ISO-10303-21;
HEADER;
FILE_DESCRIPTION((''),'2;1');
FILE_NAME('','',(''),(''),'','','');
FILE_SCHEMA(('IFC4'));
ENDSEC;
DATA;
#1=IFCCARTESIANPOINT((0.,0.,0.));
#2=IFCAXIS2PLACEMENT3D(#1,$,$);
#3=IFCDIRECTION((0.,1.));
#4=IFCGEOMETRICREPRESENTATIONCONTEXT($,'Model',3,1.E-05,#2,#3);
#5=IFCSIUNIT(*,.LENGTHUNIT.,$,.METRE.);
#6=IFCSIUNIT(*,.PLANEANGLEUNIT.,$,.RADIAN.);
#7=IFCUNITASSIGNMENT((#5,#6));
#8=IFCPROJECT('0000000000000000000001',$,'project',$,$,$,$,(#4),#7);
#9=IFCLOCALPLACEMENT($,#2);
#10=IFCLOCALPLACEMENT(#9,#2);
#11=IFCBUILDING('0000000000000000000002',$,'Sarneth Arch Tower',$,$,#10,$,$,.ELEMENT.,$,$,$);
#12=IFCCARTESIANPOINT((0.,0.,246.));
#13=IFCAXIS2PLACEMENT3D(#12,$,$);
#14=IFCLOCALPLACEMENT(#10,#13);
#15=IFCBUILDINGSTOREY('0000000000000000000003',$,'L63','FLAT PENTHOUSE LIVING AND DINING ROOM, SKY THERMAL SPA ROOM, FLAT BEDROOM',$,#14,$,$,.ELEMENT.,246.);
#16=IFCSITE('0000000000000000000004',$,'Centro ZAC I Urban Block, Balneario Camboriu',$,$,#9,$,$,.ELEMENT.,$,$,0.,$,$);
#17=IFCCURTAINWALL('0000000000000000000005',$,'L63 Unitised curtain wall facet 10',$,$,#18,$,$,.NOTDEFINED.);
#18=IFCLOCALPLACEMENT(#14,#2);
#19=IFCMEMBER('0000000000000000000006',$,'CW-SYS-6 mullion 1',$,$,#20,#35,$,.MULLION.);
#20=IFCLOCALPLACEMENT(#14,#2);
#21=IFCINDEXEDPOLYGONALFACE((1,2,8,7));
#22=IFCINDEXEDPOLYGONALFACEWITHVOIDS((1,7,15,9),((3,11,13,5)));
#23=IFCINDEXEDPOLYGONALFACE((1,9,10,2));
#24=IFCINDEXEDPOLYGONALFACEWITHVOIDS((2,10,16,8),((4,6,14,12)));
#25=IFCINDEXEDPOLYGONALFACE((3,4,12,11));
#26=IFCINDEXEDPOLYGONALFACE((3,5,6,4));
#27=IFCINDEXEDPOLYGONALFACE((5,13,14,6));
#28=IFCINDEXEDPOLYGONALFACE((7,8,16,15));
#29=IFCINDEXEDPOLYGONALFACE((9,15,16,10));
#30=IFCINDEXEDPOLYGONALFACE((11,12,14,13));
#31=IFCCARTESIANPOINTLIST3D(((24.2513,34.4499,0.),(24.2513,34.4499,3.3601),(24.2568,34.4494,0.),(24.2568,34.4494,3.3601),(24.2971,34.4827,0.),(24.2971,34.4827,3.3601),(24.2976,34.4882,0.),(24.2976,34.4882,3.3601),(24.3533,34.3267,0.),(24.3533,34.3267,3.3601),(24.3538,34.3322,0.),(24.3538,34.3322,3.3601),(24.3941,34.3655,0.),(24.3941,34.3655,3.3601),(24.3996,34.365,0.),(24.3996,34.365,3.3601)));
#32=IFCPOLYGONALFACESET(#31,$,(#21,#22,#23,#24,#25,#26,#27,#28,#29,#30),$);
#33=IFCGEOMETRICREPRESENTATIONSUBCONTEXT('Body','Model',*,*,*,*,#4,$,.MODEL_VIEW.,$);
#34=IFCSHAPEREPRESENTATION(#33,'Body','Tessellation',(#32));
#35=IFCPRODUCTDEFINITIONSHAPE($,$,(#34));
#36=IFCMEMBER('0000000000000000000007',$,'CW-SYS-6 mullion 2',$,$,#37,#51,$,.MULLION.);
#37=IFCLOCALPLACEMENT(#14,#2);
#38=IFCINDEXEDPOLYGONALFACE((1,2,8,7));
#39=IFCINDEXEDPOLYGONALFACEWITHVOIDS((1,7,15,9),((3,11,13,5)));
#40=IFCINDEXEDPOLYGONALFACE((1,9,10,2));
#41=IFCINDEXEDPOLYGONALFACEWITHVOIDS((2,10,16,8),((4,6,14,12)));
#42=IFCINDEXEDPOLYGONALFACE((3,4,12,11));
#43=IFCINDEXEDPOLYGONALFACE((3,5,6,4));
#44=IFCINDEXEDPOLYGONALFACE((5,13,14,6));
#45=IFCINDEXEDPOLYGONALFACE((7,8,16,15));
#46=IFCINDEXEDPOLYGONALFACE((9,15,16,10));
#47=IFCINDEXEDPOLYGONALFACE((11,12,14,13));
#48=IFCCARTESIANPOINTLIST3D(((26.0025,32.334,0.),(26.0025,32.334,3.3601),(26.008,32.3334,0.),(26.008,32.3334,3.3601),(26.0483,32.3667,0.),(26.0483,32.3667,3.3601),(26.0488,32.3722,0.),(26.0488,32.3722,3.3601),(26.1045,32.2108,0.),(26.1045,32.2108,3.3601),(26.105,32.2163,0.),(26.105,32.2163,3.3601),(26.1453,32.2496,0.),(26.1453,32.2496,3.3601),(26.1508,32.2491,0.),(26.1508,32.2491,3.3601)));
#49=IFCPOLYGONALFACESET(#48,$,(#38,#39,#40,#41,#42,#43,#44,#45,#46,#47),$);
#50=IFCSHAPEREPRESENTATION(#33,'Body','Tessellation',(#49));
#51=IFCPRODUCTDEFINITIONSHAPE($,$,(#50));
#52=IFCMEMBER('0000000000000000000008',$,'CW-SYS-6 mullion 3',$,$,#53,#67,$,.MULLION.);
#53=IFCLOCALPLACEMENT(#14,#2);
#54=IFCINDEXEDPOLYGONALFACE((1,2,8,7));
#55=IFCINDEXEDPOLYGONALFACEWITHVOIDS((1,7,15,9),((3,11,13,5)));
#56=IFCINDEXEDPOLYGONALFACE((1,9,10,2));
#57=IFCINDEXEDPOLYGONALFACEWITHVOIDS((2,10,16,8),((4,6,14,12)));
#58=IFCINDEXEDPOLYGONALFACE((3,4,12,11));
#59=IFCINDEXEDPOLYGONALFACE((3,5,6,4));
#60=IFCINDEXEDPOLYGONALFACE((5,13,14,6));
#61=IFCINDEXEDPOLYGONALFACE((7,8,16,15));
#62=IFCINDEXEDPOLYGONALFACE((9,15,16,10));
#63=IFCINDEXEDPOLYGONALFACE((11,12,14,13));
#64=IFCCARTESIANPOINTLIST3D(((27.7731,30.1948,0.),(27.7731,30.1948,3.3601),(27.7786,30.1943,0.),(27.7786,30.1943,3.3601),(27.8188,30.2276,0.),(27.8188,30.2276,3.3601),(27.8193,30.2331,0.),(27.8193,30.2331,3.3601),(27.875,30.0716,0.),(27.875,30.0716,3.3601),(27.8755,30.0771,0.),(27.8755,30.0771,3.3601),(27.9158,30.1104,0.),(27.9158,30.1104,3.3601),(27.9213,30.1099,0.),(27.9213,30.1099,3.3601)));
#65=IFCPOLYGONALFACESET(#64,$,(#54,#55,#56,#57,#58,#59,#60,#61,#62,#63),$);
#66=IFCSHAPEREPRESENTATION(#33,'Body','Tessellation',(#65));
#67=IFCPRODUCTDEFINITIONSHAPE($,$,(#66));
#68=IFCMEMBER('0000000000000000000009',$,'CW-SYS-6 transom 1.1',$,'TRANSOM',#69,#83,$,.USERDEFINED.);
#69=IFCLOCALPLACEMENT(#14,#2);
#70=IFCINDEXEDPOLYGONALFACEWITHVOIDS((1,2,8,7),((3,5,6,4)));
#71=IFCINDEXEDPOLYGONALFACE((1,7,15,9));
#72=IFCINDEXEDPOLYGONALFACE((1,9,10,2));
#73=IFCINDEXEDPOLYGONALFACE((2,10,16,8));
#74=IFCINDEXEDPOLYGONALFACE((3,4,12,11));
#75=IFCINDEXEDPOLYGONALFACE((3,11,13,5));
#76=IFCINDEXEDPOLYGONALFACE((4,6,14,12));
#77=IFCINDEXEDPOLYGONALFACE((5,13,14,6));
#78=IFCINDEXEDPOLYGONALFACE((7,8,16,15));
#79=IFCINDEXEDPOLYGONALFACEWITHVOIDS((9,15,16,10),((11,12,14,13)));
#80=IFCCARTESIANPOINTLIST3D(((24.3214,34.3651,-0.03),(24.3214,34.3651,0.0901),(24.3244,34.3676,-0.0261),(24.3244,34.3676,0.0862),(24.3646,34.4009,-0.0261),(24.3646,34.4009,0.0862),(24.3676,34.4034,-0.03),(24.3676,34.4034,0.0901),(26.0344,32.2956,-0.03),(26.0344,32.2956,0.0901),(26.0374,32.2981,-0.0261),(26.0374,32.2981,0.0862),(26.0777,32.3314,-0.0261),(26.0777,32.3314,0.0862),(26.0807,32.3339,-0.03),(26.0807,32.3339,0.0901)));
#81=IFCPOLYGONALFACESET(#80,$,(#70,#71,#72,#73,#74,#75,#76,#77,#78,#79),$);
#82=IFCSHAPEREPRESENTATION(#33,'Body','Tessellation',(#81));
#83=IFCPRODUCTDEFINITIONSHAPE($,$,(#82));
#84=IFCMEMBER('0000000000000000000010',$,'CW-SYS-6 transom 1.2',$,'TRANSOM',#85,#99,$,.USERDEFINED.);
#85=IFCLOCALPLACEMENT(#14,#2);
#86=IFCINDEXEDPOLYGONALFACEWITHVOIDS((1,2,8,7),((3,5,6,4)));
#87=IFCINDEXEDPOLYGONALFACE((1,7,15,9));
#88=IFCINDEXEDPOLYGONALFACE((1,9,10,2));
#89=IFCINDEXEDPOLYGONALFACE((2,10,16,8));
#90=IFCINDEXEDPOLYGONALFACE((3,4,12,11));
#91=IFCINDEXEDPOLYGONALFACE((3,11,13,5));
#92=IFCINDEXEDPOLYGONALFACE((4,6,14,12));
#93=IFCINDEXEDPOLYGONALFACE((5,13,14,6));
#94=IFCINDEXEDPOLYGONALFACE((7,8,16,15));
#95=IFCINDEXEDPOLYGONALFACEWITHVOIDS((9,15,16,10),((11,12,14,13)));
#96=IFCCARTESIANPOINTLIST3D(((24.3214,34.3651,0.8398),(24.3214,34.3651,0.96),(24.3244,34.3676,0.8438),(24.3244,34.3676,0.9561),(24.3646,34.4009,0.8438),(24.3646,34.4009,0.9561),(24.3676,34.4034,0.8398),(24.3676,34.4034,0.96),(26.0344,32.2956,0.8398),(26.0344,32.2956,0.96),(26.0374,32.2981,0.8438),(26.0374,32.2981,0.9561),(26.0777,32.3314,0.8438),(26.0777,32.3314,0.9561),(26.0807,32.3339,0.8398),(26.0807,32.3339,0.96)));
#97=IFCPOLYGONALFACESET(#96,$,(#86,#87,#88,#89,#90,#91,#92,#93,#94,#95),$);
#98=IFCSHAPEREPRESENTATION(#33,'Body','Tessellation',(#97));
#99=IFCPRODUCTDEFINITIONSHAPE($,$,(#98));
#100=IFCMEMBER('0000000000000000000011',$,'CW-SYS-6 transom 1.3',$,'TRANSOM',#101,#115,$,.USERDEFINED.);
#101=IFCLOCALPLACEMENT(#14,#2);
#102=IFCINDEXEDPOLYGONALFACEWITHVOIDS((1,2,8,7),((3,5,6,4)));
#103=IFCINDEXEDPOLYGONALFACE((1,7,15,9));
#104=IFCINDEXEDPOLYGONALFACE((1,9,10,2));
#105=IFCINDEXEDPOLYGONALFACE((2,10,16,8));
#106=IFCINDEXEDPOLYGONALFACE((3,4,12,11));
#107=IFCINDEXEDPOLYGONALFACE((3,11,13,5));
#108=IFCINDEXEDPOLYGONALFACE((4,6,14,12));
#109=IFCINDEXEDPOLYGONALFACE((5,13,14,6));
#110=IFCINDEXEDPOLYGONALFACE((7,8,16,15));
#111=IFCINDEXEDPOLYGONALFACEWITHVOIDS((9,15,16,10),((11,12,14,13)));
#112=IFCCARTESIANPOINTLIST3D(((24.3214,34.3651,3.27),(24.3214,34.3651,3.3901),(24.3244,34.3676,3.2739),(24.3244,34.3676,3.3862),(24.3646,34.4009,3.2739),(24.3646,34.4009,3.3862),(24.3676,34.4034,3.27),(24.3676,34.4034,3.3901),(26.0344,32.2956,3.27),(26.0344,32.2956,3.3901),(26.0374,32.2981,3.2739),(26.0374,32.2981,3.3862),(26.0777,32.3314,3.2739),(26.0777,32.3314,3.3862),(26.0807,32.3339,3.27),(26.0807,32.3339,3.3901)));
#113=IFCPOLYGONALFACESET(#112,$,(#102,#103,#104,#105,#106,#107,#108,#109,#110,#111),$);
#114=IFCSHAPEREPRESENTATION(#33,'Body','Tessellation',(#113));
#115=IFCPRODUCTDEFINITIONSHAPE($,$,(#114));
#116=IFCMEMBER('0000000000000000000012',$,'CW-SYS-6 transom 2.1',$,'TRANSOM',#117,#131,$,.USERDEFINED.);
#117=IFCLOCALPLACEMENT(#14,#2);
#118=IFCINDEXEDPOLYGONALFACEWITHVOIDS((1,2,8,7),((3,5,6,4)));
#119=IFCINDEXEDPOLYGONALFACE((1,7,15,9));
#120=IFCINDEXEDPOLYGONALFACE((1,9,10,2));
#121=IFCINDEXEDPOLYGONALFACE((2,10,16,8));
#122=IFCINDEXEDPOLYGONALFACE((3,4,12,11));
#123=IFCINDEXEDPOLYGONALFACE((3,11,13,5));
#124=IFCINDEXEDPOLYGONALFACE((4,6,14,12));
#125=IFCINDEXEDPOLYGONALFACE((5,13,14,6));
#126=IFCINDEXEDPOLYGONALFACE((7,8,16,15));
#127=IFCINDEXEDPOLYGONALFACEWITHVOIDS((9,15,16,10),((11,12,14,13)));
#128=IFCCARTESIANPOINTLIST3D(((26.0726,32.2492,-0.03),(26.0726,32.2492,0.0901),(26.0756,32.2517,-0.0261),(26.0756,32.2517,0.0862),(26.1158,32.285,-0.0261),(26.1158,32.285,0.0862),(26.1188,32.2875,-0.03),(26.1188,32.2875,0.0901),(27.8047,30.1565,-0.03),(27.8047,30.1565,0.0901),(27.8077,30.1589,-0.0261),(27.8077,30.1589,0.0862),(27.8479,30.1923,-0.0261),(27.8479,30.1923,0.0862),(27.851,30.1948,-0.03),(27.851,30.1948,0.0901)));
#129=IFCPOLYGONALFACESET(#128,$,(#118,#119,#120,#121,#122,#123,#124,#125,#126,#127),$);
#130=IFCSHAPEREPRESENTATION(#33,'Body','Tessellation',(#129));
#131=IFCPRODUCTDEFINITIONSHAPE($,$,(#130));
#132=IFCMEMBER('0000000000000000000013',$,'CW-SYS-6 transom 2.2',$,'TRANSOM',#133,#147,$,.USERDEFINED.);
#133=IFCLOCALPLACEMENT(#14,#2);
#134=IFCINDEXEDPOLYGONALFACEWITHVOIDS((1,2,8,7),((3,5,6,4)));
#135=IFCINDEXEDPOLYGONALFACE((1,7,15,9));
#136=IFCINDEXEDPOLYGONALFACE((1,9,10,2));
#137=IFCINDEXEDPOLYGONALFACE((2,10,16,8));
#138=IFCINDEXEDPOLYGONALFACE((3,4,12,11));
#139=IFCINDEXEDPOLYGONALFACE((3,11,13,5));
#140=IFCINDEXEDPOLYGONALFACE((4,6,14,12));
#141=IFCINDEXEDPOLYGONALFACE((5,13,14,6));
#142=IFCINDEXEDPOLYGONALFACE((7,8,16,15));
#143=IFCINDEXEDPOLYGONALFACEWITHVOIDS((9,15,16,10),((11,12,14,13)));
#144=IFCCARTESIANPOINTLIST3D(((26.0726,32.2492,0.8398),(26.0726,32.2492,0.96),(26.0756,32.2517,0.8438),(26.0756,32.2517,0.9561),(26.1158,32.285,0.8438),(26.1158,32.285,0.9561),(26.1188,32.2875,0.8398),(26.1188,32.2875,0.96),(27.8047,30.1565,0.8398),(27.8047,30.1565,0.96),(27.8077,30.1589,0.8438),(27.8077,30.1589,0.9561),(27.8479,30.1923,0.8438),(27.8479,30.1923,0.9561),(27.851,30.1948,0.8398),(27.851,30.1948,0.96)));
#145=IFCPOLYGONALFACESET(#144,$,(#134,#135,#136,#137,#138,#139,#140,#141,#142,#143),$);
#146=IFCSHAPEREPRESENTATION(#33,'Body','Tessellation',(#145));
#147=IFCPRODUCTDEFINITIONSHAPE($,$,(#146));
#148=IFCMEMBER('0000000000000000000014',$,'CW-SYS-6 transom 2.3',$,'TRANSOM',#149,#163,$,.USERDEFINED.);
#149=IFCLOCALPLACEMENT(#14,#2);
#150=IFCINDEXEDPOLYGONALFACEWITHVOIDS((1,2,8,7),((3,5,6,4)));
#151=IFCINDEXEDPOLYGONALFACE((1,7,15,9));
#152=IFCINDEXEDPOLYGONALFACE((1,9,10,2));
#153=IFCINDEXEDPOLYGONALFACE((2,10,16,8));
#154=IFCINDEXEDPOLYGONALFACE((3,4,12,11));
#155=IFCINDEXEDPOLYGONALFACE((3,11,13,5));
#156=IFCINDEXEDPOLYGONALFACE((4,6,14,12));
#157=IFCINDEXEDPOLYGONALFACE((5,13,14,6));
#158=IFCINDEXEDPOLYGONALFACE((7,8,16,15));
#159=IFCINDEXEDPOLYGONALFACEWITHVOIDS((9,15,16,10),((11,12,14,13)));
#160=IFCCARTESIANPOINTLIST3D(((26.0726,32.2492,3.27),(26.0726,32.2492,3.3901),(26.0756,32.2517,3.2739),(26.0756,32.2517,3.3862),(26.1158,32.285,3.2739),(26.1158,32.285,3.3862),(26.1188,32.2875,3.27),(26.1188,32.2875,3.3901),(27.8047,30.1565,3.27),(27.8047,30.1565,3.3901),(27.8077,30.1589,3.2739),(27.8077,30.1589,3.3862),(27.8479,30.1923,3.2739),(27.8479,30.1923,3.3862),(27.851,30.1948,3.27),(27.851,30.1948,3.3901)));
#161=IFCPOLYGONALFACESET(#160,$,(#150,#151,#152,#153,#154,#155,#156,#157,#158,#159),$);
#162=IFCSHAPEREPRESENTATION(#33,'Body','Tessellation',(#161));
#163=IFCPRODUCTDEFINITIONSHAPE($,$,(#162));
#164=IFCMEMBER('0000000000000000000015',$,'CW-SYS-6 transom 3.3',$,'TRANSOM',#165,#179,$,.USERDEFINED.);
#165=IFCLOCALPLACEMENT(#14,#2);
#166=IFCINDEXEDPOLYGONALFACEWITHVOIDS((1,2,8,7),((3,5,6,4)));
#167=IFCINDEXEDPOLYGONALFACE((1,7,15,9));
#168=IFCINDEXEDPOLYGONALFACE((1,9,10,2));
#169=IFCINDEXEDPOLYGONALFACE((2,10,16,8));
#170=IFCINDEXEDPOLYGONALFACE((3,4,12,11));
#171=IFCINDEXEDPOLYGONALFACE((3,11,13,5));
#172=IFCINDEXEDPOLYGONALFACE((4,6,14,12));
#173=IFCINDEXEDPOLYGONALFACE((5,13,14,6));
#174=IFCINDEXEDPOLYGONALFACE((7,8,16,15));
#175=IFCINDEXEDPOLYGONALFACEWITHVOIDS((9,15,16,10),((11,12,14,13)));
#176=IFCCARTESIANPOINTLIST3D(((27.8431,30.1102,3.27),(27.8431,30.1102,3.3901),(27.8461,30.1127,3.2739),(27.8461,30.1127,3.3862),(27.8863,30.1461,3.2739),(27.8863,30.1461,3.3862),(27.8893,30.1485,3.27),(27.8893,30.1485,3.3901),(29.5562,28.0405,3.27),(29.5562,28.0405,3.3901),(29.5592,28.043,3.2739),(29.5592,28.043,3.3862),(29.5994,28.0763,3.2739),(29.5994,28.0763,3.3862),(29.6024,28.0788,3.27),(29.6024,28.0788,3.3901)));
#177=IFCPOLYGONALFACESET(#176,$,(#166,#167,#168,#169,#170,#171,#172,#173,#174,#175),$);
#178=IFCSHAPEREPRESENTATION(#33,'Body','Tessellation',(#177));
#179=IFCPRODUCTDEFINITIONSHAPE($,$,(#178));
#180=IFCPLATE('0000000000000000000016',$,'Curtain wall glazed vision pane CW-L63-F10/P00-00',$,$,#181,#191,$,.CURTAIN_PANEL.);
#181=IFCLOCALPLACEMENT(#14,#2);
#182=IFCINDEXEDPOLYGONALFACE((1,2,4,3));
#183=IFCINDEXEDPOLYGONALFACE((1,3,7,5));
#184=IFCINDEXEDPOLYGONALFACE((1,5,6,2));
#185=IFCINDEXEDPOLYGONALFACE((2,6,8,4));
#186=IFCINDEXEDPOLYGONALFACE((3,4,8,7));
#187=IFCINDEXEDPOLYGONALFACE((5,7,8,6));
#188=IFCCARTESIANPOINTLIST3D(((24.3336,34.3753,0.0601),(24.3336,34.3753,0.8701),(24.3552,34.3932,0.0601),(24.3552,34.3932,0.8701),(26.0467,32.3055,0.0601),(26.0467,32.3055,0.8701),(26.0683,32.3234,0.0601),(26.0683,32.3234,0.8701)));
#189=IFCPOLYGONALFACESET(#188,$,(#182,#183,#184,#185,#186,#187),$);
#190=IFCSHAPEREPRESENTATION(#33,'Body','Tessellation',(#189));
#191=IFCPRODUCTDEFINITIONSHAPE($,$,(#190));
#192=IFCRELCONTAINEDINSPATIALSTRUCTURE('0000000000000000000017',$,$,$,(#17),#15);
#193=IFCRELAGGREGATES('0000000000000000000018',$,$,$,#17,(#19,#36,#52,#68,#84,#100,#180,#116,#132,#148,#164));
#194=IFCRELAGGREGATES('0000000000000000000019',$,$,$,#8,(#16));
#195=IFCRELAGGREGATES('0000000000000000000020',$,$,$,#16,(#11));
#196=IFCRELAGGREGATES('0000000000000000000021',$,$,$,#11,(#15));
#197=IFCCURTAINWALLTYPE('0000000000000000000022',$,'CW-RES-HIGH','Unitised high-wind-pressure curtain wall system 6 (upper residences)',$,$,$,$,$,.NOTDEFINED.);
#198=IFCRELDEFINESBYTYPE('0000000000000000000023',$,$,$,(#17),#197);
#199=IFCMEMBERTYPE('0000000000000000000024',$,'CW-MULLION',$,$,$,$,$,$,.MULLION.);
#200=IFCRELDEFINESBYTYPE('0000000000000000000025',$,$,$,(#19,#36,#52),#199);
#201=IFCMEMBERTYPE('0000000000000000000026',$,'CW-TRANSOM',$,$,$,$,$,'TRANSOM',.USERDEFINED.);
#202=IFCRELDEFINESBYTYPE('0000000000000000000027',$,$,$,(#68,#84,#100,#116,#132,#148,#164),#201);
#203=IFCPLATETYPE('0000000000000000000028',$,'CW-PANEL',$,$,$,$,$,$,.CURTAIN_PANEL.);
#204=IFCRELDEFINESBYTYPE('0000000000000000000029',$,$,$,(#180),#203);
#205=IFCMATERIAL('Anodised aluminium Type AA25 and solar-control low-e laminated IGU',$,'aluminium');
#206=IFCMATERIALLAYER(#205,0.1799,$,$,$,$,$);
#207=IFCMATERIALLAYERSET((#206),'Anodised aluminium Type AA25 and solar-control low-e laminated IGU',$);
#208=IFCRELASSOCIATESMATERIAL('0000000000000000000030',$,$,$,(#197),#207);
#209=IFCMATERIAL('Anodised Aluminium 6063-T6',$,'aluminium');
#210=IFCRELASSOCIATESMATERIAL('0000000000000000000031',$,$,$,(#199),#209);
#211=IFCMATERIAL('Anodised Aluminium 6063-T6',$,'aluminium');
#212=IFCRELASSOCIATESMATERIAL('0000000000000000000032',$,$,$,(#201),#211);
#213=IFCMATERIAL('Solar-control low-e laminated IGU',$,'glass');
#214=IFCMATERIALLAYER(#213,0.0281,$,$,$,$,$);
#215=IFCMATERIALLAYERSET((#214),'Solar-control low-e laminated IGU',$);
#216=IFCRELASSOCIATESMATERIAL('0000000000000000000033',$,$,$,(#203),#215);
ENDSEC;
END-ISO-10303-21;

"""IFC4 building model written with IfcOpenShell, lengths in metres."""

from ifc_helpers import new_model, si_unit, direction, frame, origin, origin_2d, place, context, subcontext, project, spatial, rectangle, hollow_rectangle, extrude, material, layer, layer_set, material_profile, profile_set, type_object, element, aggregate, save


model = new_model("IFC4")

# Units and contexts
model_context = context("Model", 3, precision=1e-05, world=origin(), true_north=direction((0.0, 1.0)))
body_context = subcontext(model_context, "Body", "Model", "MODEL_VIEW")
ifc_project = project(units=[si_unit("LENGTHUNIT", "METRE"), si_unit("PLANEANGLEUNIT", "RADIAN")], contexts=[model_context])

# Site, building, storey
site_placement = place(None, origin())
site = spatial("IfcSite", under=ifc_project, at=site_placement, Name="Centro ZAC I Urban Block, Balneario Camboriu", CompositionType="ELEMENT", RefElevation=0.0)
building_placement = place(site_placement, origin())
building = spatial("IfcBuilding", under=site, at=building_placement, Name="Sarneth Arch Tower", CompositionType="ELEMENT")
storey_placement = place(building_placement, frame((0.0, 0.0, 246.0)))
storey = spatial("IfcBuildingStorey", under=building, at=storey_placement, Name="L63", Description="FLAT PENTHOUSE LIVING AND DINING ROOM, SKY THERMAL SPA ROOM, FLAT BEDROOM", CompositionType="ELEMENT", Elevation=246.0)

# Curtain wall, members, plate
ifc_material_1 = material(Name="Anodised aluminium Type AA25 and solar-control low-e laminated IGU", Category="aluminium")
ifc_layer_1 = layer(ifc_material_1, 0.1799)
ifc_layer_set_1 = layer_set([ifc_layer_1], Name="Anodised aluminium Type AA25 and solar-control low-e laminated IGU")
curtain_wall_type = type_object("IfcCurtainWallType", Name="CW-RES-HIGH", Description="Unitised high-wind-pressure curtain wall system 6 (upper residences)", PredefinedType="NOTDEFINED", material=ifc_layer_set_1)
curtain_wall_placement = place(storey_placement, origin())
curtain_wall = element("IfcCurtainWall", 1, at=curtain_wall_placement, inside=storey, type_object=curtain_wall_type, Name="L63 Unitised curtain wall facet 10", PredefinedType="NOTDEFINED")
ifc_material_2 = material(Name="Anodised Aluminium 6063-T6", Category="aluminium")
ifc_material_profile_1 = material_profile(ifc_material_2, hollow_rectangle(XDim=0.0601, YDim=0.1599, WallThickness=0.0039, at=origin_2d()), Name="AL-MULL-160x60x4")
ifc_profile_set_1 = profile_set([ifc_material_profile_1], Name="Anodised Aluminium 6063-T6")
member_type_1 = type_object("IfcMemberType", Name="CW-MULLION", PredefinedType="MULLION", material=ifc_profile_set_1)
member_1_placement = place(storey_placement, frame((24.3254, 34.4075, 0.0), z_axis=(0.0, 0.0, 1.0), x_axis=(0.770359, 0.63761, 0.0)))
member_1 = element("IfcMember", 2, at=member_1_placement, type_object=member_type_1, Name="CW-SYS-6 mullion 1", PredefinedType="MULLION", context=body_context, shape_type="SweptSolid", body=[
    extrude(hollow_rectangle(XDim=0.0601, YDim=0.1599, WallThickness=0.0039, at=origin_2d()), origin(), (0.0, 0.0, 1.0), 3.3601),
])
member_2_placement = place(storey_placement, frame((26.0767, 32.2915, 0.0), z_axis=(0.0, 0.0, 1.0), x_axis=(0.770359, 0.63761, 0.0)))
member_2 = element("IfcMember", 3, at=member_2_placement, type_object=member_type_1, Name="CW-SYS-6 mullion 2", PredefinedType="MULLION", context=body_context, shape_type="SweptSolid", body=[
    extrude(hollow_rectangle(XDim=0.0601, YDim=0.1599, WallThickness=0.0039, at=origin_2d()), origin(), (0.0, 0.0, 1.0), 3.3601),
])
member_3_placement = place(storey_placement, frame((27.8472, 30.1523, 0.0), z_axis=(0.0, 0.0, 1.0), x_axis=(0.770359, 0.63761, 0.0)))
member_3 = element("IfcMember", 4, at=member_3_placement, type_object=member_type_1, Name="CW-SYS-6 mullion 3", PredefinedType="MULLION", context=body_context, shape_type="SweptSolid", body=[
    extrude(hollow_rectangle(XDim=0.0601, YDim=0.1599, WallThickness=0.0039, at=origin_2d()), origin(), (0.0, 0.0, 1.0), 3.3601),
])
ifc_material_3 = material(Name="Anodised Aluminium 6063-T6", Category="aluminium")
ifc_material_profile_2 = material_profile(ifc_material_3, hollow_rectangle(XDim=0.0601, YDim=0.1201, WallThickness=0.0039, at=origin_2d()), Name="AL-TRAN-120x60x4")
ifc_profile_set_2 = profile_set([ifc_material_profile_2], Name="Anodised Aluminium 6063-T6")
member_type_2 = type_object("IfcMemberType", Name="CW-TRANSOM", ElementType="TRANSOM", PredefinedType="USERDEFINED", material=ifc_profile_set_2)
member_4_placement = place(storey_placement, frame((24.3445, 34.3843, 0.03), z_axis=(0.637651, -0.770325, 0.0), x_axis=(0.770325, 0.637651, 0.0)))
member_4 = element("IfcMember", 5, at=member_4_placement, type_object=member_type_2, Name="CW-SYS-6 transom 1.1", ObjectType="TRANSOM", PredefinedType="USERDEFINED", context=body_context, shape_type="SweptSolid", body=[
    extrude(hollow_rectangle(XDim=0.0601, YDim=0.1201, WallThickness=0.0039, at=origin_2d()), origin(), (0.0, 0.0, 1.0), 2.6865),
])
member_5_placement = place(storey_placement, frame((24.3445, 34.3843, 0.8999), z_axis=(0.637651, -0.770325, 0.0), x_axis=(0.770325, 0.637651, 0.0)))
member_5 = element("IfcMember", 6, at=member_5_placement, type_object=member_type_2, Name="CW-SYS-6 transom 1.2", ObjectType="TRANSOM", PredefinedType="USERDEFINED", context=body_context, shape_type="SweptSolid", body=[
    extrude(hollow_rectangle(XDim=0.0601, YDim=0.1201, WallThickness=0.0039, at=origin_2d()), origin(), (0.0, 0.0, 1.0), 2.6865),
])
member_6_placement = place(storey_placement, frame((24.3445, 34.3843, 3.3301), z_axis=(0.637651, -0.770325, 0.0), x_axis=(0.770325, 0.637651, 0.0)))
member_6 = element("IfcMember", 7, at=member_6_placement, type_object=member_type_2, Name="CW-SYS-6 transom 1.3", ObjectType="TRANSOM", PredefinedType="USERDEFINED", context=body_context, shape_type="SweptSolid", body=[
    extrude(hollow_rectangle(XDim=0.0601, YDim=0.1201, WallThickness=0.0039, at=origin_2d()), origin(), (0.0, 0.0, 1.0), 2.6865),
])
member_7_placement = place(storey_placement, frame((26.0957, 32.2683, 0.03), z_axis=(0.637617, -0.770353, 0.0), x_axis=(0.770353, 0.637617, 0.0)))
member_7 = element("IfcMember", 8, at=member_7_placement, type_object=member_type_2, Name="CW-SYS-6 transom 2.1", ObjectType="TRANSOM", PredefinedType="USERDEFINED", context=body_context, shape_type="SweptSolid", body=[
    extrude(hollow_rectangle(XDim=0.0601, YDim=0.1201, WallThickness=0.0039, at=origin_2d()), origin(), (0.0, 0.0, 1.0), 2.7166),
])
member_8_placement = place(storey_placement, frame((26.0957, 32.2683, 0.8999), z_axis=(0.637617, -0.770353, 0.0), x_axis=(0.770353, 0.637617, 0.0)))
member_8 = element("IfcMember", 9, at=member_8_placement, type_object=member_type_2, Name="CW-SYS-6 transom 2.2", ObjectType="TRANSOM", PredefinedType="USERDEFINED", context=body_context, shape_type="SweptSolid", body=[
    extrude(hollow_rectangle(XDim=0.0601, YDim=0.1201, WallThickness=0.0039, at=origin_2d()), origin(), (0.0, 0.0, 1.0), 2.7166),
])
member_9_placement = place(storey_placement, frame((26.0957, 32.2683, 3.3301), z_axis=(0.637617, -0.770353, 0.0), x_axis=(0.770353, 0.637617, 0.0)))
member_9 = element("IfcMember", 10, at=member_9_placement, type_object=member_type_2, Name="CW-SYS-6 transom 2.3", ObjectType="TRANSOM", PredefinedType="USERDEFINED", context=body_context, shape_type="SweptSolid", body=[
    extrude(hollow_rectangle(XDim=0.0601, YDim=0.1201, WallThickness=0.0039, at=origin_2d()), origin(), (0.0, 0.0, 1.0), 2.7166),
])
member_10_placement = place(storey_placement, frame((27.8662, 30.1294, 3.3301), z_axis=(0.637607, -0.770362, 0.0), x_axis=(0.770362, 0.637607, 0.0)))
member_10 = element("IfcMember", 11, at=member_10_placement, type_object=member_type_2, Name="CW-SYS-6 transom 3.3", ObjectType="TRANSOM", PredefinedType="USERDEFINED", context=body_context, shape_type="SweptSolid", body=[
    extrude(hollow_rectangle(XDim=0.0601, YDim=0.1201, WallThickness=0.0039, at=origin_2d()), origin(), (0.0, 0.0, 1.0), 2.6868),
])
ifc_material_4 = material(Name="Solar-control low-e laminated IGU", Category="glass")
ifc_layer_2 = layer(ifc_material_4, 0.0281)
ifc_layer_set_2 = layer_set([ifc_layer_2], Name="Solar-control low-e laminated IGU")
plate_type_1 = type_object("IfcPlateType", Name="CW-PANEL", PredefinedType="CURTAIN_PANEL", material=ifc_layer_set_2)
plate_1_placement = place(storey_placement, frame((25.2009, 33.3494, 0.0601), z_axis=(0.0, 0.0, 1.0), x_axis=(0.63761, -0.770359, 0.0)))
plate_1 = element("IfcPlate", 12, at=plate_1_placement, type_object=plate_type_1, Name="Curtain wall glazed vision pane CW-L63-F10/P00-00", PredefinedType="CURTAIN_PANEL", context=body_context, shape_type="SweptSolid", body=[
    extrude(rectangle(XDim=2.6868, YDim=0.0281, at=origin_2d()), origin(), (0.0, 0.0, 1.0), 0.8101),
])
aggregate(curtain_wall, [member_1, member_2, member_3, member_4, member_5, member_6, plate_1, member_7, member_8, member_9, member_10])

save(model, "model.ifc")
